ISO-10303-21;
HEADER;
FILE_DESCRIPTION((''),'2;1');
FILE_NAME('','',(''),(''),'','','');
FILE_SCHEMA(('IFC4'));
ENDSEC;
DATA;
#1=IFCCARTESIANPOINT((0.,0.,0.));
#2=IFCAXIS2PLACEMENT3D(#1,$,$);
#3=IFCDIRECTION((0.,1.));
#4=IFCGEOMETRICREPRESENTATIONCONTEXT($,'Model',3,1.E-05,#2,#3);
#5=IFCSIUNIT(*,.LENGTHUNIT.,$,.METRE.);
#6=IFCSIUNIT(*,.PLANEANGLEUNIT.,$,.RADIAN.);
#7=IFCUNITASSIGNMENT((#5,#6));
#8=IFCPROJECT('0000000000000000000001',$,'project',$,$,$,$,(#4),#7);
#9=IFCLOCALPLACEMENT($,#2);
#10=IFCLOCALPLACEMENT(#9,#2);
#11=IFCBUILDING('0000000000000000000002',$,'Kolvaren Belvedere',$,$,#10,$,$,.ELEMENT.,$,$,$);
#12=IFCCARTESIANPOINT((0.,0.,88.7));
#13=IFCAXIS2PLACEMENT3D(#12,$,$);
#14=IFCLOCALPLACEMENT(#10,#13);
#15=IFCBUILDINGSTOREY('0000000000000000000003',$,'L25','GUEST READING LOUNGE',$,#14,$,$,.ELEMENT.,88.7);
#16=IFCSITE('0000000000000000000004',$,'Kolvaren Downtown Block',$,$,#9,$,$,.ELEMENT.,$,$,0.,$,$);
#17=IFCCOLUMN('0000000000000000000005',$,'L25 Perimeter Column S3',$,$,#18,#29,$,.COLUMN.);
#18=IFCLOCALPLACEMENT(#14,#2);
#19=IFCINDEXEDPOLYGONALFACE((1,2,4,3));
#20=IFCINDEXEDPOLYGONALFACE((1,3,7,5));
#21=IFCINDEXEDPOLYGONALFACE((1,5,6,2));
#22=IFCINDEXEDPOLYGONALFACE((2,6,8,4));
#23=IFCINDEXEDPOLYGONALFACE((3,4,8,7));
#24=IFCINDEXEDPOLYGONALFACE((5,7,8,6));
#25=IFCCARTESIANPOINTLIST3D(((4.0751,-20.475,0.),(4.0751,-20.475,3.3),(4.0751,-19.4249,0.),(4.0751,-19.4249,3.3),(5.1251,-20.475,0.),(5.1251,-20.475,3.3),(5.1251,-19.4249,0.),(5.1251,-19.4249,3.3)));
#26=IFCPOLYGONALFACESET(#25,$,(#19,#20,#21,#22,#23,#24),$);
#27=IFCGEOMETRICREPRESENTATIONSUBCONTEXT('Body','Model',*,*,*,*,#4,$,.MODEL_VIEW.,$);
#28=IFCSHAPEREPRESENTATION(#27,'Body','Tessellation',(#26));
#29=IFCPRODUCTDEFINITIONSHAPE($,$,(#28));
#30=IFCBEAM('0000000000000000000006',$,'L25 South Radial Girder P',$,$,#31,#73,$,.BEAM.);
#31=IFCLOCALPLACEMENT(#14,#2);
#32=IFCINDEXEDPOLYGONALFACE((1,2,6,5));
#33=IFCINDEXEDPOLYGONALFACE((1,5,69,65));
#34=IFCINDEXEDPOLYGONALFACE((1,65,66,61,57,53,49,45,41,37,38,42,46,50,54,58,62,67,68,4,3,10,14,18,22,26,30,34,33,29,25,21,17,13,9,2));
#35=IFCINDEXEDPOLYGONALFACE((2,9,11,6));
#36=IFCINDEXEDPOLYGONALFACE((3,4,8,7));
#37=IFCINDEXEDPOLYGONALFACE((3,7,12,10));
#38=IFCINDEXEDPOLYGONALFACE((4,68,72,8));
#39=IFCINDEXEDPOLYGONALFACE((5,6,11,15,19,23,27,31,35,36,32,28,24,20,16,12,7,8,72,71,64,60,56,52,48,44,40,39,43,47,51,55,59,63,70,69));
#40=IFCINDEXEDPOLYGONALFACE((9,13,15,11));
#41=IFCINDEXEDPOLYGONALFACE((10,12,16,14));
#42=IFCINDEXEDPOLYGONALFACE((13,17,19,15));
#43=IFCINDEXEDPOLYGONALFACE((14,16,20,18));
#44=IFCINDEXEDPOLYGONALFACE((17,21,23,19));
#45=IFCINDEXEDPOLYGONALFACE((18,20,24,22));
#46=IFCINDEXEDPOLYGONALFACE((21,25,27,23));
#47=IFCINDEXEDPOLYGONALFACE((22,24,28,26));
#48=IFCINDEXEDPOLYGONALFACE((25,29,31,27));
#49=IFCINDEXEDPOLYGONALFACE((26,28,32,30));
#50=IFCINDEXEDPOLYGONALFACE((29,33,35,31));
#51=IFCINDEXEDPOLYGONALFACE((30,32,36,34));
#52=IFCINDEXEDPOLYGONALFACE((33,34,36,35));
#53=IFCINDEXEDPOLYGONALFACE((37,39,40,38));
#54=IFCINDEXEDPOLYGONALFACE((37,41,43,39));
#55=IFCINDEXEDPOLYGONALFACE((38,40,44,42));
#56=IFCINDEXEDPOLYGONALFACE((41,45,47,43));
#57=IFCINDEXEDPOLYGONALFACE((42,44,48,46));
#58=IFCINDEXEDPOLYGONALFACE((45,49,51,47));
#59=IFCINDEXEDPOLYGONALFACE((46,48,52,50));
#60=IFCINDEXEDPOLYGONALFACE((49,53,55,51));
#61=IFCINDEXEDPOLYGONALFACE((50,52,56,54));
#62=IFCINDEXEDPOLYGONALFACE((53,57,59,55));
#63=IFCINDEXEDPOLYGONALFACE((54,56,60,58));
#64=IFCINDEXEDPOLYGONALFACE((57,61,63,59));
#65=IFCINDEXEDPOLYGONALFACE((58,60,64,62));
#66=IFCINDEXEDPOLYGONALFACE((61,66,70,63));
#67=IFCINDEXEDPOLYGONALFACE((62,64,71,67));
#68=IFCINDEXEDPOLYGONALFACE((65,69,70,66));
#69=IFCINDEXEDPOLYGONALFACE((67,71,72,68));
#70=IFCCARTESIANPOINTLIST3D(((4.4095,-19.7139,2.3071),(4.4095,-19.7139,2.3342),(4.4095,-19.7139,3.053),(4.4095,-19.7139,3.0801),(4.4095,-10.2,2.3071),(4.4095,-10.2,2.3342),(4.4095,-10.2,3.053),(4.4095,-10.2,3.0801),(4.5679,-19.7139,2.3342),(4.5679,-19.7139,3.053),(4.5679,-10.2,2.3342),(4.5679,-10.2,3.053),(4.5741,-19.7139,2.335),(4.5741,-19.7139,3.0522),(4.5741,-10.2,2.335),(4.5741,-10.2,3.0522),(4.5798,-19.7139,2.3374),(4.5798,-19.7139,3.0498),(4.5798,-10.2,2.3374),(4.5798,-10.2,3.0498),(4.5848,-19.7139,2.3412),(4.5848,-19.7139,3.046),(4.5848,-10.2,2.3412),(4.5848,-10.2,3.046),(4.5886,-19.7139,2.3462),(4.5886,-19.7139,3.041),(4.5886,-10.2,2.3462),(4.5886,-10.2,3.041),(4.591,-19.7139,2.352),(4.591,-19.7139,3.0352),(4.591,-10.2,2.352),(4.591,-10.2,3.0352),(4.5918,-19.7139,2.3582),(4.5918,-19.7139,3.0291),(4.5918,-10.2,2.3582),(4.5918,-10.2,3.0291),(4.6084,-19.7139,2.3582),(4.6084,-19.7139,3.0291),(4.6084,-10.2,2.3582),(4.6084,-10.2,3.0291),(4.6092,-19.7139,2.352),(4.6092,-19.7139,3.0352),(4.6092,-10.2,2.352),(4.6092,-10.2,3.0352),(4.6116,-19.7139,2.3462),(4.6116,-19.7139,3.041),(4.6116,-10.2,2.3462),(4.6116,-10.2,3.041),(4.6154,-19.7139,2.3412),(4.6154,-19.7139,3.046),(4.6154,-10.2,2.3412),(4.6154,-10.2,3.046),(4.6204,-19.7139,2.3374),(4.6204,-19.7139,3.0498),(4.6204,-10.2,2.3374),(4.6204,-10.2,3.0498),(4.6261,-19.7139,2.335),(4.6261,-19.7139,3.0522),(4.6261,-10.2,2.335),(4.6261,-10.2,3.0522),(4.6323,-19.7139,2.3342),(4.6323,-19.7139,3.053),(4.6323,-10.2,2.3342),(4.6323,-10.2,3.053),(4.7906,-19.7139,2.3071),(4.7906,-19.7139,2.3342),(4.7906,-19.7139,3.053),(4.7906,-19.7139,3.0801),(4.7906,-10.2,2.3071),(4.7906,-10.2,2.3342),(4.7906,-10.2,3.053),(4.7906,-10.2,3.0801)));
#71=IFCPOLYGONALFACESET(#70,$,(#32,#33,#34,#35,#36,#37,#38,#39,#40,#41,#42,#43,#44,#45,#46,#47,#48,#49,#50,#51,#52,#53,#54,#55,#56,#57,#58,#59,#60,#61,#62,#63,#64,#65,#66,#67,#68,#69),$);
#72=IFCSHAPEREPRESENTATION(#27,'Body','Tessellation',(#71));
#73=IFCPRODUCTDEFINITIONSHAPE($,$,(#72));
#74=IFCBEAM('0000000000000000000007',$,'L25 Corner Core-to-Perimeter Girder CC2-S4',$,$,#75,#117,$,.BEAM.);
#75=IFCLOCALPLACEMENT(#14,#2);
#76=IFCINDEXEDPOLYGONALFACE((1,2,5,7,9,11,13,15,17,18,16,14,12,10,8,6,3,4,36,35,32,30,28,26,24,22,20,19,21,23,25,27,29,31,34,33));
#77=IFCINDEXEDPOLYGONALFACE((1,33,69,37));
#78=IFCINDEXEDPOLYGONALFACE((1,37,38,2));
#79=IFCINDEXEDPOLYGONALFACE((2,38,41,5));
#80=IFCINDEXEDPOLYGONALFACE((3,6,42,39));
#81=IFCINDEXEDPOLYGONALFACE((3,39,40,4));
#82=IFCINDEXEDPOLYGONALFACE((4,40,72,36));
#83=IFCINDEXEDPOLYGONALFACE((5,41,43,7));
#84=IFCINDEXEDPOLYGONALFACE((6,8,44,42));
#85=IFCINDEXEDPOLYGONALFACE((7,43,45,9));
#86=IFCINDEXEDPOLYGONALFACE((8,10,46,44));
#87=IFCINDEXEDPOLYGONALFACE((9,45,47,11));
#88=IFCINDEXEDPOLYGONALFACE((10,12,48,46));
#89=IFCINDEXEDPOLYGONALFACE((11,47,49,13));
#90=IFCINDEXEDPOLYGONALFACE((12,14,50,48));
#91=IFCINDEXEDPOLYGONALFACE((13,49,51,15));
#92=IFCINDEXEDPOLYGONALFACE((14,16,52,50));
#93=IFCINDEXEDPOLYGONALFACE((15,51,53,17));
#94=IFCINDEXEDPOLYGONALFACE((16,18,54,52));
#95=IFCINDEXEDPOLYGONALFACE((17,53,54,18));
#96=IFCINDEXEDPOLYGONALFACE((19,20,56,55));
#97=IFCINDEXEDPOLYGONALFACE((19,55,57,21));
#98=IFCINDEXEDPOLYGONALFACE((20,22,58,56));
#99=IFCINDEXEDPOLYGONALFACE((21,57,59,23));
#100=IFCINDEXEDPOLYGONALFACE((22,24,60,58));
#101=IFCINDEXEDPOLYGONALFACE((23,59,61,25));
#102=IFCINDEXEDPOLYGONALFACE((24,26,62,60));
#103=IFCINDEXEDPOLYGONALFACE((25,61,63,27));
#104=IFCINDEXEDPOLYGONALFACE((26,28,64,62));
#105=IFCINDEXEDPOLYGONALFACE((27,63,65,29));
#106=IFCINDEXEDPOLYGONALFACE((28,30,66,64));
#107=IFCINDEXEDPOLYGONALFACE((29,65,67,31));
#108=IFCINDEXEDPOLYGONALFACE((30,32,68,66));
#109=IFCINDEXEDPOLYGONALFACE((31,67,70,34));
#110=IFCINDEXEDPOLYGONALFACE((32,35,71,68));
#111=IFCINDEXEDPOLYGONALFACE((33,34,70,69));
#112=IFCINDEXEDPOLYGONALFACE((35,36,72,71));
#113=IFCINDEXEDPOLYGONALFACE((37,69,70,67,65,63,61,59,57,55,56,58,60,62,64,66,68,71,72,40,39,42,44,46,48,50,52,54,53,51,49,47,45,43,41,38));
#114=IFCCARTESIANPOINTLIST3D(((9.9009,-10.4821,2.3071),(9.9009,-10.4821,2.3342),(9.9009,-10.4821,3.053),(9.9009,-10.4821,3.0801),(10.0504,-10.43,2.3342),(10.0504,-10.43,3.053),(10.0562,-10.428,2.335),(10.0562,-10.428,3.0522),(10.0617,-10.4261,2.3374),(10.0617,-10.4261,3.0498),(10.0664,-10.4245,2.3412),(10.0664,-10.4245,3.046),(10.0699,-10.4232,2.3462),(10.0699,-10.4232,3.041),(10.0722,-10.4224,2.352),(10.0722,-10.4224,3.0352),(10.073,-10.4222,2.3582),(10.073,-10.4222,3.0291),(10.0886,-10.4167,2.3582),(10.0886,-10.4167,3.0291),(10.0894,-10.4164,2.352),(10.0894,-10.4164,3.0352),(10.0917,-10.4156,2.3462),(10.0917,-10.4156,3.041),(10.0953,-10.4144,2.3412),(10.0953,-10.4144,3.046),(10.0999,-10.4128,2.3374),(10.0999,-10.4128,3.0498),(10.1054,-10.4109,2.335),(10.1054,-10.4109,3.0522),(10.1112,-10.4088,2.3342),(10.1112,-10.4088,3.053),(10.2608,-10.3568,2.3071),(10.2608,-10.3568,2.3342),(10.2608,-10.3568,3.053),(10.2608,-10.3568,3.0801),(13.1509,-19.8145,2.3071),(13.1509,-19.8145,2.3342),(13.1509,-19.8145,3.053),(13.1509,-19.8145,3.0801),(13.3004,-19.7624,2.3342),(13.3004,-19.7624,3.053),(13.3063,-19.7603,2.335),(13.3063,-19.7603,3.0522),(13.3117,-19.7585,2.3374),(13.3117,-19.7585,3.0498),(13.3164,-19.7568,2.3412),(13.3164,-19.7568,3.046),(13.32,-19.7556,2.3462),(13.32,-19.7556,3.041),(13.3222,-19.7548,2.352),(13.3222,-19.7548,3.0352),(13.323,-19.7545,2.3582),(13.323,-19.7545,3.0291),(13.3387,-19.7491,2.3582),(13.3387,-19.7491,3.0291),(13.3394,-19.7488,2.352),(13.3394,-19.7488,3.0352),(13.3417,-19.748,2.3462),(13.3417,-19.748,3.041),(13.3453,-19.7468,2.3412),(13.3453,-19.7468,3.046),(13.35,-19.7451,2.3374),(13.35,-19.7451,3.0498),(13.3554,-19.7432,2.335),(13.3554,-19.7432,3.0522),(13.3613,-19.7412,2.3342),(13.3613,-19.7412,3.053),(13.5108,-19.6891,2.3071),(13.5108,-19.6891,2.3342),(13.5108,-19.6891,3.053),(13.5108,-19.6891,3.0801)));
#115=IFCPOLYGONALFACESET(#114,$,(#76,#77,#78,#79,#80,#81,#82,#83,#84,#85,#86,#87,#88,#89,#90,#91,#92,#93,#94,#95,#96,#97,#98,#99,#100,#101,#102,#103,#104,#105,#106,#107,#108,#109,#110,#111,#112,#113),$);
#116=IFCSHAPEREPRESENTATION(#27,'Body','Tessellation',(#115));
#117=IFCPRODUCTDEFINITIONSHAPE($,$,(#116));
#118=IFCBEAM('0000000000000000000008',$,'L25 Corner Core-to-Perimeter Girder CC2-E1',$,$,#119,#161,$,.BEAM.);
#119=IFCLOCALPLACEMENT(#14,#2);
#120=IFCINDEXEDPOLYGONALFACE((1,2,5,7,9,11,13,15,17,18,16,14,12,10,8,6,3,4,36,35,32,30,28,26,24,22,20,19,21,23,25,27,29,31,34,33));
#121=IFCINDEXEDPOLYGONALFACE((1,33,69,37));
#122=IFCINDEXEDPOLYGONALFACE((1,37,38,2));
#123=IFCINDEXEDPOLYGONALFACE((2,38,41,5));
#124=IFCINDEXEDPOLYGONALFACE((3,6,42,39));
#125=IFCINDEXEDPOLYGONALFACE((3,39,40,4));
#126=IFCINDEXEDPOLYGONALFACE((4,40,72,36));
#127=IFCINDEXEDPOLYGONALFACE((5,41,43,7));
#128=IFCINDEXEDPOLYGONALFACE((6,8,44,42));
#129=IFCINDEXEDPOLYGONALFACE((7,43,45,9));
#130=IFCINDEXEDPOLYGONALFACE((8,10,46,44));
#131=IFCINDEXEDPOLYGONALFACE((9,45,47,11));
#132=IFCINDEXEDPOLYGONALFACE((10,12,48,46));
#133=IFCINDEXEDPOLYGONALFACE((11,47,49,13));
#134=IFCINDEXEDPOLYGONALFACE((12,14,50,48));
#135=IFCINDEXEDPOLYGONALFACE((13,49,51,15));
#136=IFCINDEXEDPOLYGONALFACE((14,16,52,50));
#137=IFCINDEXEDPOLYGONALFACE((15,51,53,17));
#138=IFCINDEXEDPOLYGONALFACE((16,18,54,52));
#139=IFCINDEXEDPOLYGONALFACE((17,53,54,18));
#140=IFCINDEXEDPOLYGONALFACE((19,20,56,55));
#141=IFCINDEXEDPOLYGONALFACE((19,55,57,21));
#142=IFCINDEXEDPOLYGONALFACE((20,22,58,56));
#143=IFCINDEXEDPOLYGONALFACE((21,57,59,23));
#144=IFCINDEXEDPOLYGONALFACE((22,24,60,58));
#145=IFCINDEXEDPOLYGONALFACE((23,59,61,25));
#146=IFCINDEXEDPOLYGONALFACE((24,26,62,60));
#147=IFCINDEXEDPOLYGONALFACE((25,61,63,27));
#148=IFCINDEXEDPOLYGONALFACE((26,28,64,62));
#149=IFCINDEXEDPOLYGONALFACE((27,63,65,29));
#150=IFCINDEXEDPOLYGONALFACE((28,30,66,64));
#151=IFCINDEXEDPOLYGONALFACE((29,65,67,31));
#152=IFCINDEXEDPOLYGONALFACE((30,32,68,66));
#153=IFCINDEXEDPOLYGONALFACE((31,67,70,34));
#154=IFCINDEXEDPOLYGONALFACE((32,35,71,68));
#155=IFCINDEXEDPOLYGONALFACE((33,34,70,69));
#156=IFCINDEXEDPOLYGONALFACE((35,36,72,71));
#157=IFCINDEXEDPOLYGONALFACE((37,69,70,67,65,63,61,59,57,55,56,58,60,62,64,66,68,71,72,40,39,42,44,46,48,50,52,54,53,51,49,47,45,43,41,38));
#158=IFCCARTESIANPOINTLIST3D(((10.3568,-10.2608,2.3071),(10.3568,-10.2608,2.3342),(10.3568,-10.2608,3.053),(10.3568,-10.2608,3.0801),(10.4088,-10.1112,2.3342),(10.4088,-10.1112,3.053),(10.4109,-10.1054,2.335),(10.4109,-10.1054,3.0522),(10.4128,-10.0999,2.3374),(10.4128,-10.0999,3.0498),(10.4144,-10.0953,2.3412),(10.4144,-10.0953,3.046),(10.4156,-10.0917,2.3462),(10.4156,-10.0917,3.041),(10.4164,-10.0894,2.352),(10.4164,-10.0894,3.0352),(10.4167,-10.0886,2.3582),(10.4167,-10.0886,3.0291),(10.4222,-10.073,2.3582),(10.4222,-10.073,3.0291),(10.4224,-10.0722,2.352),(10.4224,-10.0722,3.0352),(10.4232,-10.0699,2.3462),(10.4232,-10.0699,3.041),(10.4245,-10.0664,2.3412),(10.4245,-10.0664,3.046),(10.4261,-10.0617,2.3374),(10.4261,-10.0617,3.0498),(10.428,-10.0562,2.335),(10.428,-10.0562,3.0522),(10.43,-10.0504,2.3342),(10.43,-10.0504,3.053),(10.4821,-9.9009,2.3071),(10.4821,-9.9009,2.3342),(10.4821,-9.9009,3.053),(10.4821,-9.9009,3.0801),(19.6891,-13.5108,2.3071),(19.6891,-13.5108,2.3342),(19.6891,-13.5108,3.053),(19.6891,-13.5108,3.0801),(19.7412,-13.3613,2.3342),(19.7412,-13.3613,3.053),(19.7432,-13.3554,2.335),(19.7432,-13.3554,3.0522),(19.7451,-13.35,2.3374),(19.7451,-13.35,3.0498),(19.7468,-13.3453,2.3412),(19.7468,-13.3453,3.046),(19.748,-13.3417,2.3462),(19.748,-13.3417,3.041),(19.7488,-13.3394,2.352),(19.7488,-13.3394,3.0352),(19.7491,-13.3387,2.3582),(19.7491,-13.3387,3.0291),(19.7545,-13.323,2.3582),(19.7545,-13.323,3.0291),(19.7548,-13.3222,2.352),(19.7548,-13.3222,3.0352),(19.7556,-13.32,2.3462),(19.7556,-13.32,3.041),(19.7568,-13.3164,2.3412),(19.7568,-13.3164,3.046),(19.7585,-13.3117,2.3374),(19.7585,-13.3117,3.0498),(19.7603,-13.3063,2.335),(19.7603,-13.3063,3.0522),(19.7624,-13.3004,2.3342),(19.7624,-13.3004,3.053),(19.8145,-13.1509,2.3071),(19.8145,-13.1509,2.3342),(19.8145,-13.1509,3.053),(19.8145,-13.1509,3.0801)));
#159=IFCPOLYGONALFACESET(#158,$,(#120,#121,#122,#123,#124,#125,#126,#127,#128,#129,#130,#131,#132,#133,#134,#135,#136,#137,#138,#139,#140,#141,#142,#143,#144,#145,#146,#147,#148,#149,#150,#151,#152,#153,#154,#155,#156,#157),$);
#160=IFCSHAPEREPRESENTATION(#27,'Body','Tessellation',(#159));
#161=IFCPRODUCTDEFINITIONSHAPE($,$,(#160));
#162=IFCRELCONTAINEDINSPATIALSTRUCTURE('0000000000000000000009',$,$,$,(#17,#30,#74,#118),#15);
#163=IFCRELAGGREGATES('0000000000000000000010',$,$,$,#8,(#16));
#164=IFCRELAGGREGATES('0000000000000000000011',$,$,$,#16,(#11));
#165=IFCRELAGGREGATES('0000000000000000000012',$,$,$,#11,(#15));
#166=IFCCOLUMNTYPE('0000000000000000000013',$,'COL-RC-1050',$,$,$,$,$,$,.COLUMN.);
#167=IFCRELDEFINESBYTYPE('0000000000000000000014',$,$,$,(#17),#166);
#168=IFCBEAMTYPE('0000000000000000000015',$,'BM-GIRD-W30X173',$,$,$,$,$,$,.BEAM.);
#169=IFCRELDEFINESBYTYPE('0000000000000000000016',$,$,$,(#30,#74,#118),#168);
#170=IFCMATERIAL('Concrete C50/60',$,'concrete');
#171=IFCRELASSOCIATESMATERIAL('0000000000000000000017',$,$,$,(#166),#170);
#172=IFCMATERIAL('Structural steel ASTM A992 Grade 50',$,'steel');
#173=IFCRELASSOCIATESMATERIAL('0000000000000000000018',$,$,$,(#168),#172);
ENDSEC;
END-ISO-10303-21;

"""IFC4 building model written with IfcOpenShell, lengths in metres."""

from ifc_helpers import new_model, si_unit, direction, frame, origin, origin_2d, place, context, subcontext, project, spatial, rectangle, i_section, extrude, material, material_profile, profile_set, type_object, element, save


model = new_model("IFC4")

# Units and contexts
model_context = context("Model", 3, precision=1e-05, world=origin(), true_north=direction((0.0, 1.0)))
body_context = subcontext(model_context, "Body", "Model", "MODEL_VIEW")
ifc_project = project(units=[si_unit("LENGTHUNIT", "METRE"), si_unit("PLANEANGLEUNIT", "RADIAN")], contexts=[model_context])

# Site, building, storey
site_placement = place(None, origin())
site = spatial("IfcSite", under=ifc_project, at=site_placement, Name="Kolvaren Downtown Block", CompositionType="ELEMENT", RefElevation=0.0)
building_placement = place(site_placement, origin())
building = spatial("IfcBuilding", under=site, at=building_placement, Name="Kolvaren Belvedere", CompositionType="ELEMENT")
storey_placement = place(building_placement, frame((0.0, 0.0, 88.7)))
storey = spatial("IfcBuildingStorey", under=building, at=storey_placement, Name="L25", Description="GUEST READING LOUNGE", CompositionType="ELEMENT", Elevation=88.7)

# Column
ifc_material_1 = material(Name="Concrete C50/60", Category="concrete")
ifc_material_profile_1 = material_profile(ifc_material_1, rectangle(XDim=1.05, YDim=1.05, at=origin_2d()), Name="RC 1050X1050")
ifc_profile_set_1 = profile_set([ifc_material_profile_1], Name="Concrete C50/60")
column_type = type_object("IfcColumnType", Name="COL-RC-1050", PredefinedType="COLUMN", material=ifc_profile_set_1)
column_placement = place(storey_placement, frame((4.6001, -19.95, 0.0), z_axis=(0.0, 0.0, 1.0), x_axis=(1.0, 0.0, 0.0)))
element("IfcColumn", 1, at=column_placement, inside=storey, type_object=column_type, Name="L25 Perimeter Column S3", PredefinedType="COLUMN", context=body_context, shape_type="SweptSolid", body=[
    extrude(rectangle(XDim=1.05, YDim=1.05, at=origin_2d()), origin(), (0.0, 0.0, 1.0), 3.3),
])

# Beams
ifc_material_2 = material(Name="Structural steel ASTM A992 Grade 50", Category="steel")
ifc_material_profile_2 = material_profile(ifc_material_2, i_section(OverallWidth=0.3811, OverallDepth=0.7729, WebThickness=0.0166, FlangeThickness=0.0271, FilletRadius=0.0239, at=origin_2d()), Name="W30X173")
ifc_profile_set_2 = profile_set([ifc_material_profile_2], Name="Structural steel ASTM A992 Grade 50")
beam_type_1 = type_object("IfcBeamType", Name="BM-GIRD-W30X173", PredefinedType="BEAM", material=ifc_profile_set_2)
beam_1_placement = place(storey_placement, frame((4.6001, -10.2, 2.6936), z_axis=(0.0, -1.0, 0.0), x_axis=(1.0, 0.0, 0.0)))
element("IfcBeam", 2, at=beam_1_placement, inside=storey, type_object=beam_type_1, Name="L25 South Radial Girder P", PredefinedType="BEAM", context=body_context, shape_type="SweptSolid", body=[
    extrude(i_section(OverallWidth=0.3811, OverallDepth=0.7729, WebThickness=0.0166, FlangeThickness=0.0271, FilletRadius=0.0239, at=origin_2d()), origin(), (0.0, 0.0, 1.0), 9.5139),
])
for number, where, z_axis, x_axis, name in (
    (3, (10.0808, -10.4194, 2.6936), (0.328881, -0.944371, 0.0), (0.944371, 0.328881, 0.0), "L25 Corner Core-to-Perimeter Girder CC2-S4"),
    (4, (10.4194, -10.0808, 2.6936), (0.944371, -0.328881, 0.0), (0.328881, 0.944371, 0.0), "L25 Corner Core-to-Perimeter Girder CC2-E1"),
):
    element("IfcBeam", number, at=place(storey_placement, frame(where, z_axis=z_axis, x_axis=x_axis)), inside=storey, type_object=beam_type_1, Name=name, PredefinedType="BEAM", context=body_context, shape_type="SweptSolid", body=[
        extrude(i_section(OverallWidth=0.3811, OverallDepth=0.7729, WebThickness=0.0166, FlangeThickness=0.0271, FilletRadius=0.0239, at=origin_2d()), origin(), (0.0, 0.0, 1.0), 9.8821),
    ])

save(model, "model.ifc")
